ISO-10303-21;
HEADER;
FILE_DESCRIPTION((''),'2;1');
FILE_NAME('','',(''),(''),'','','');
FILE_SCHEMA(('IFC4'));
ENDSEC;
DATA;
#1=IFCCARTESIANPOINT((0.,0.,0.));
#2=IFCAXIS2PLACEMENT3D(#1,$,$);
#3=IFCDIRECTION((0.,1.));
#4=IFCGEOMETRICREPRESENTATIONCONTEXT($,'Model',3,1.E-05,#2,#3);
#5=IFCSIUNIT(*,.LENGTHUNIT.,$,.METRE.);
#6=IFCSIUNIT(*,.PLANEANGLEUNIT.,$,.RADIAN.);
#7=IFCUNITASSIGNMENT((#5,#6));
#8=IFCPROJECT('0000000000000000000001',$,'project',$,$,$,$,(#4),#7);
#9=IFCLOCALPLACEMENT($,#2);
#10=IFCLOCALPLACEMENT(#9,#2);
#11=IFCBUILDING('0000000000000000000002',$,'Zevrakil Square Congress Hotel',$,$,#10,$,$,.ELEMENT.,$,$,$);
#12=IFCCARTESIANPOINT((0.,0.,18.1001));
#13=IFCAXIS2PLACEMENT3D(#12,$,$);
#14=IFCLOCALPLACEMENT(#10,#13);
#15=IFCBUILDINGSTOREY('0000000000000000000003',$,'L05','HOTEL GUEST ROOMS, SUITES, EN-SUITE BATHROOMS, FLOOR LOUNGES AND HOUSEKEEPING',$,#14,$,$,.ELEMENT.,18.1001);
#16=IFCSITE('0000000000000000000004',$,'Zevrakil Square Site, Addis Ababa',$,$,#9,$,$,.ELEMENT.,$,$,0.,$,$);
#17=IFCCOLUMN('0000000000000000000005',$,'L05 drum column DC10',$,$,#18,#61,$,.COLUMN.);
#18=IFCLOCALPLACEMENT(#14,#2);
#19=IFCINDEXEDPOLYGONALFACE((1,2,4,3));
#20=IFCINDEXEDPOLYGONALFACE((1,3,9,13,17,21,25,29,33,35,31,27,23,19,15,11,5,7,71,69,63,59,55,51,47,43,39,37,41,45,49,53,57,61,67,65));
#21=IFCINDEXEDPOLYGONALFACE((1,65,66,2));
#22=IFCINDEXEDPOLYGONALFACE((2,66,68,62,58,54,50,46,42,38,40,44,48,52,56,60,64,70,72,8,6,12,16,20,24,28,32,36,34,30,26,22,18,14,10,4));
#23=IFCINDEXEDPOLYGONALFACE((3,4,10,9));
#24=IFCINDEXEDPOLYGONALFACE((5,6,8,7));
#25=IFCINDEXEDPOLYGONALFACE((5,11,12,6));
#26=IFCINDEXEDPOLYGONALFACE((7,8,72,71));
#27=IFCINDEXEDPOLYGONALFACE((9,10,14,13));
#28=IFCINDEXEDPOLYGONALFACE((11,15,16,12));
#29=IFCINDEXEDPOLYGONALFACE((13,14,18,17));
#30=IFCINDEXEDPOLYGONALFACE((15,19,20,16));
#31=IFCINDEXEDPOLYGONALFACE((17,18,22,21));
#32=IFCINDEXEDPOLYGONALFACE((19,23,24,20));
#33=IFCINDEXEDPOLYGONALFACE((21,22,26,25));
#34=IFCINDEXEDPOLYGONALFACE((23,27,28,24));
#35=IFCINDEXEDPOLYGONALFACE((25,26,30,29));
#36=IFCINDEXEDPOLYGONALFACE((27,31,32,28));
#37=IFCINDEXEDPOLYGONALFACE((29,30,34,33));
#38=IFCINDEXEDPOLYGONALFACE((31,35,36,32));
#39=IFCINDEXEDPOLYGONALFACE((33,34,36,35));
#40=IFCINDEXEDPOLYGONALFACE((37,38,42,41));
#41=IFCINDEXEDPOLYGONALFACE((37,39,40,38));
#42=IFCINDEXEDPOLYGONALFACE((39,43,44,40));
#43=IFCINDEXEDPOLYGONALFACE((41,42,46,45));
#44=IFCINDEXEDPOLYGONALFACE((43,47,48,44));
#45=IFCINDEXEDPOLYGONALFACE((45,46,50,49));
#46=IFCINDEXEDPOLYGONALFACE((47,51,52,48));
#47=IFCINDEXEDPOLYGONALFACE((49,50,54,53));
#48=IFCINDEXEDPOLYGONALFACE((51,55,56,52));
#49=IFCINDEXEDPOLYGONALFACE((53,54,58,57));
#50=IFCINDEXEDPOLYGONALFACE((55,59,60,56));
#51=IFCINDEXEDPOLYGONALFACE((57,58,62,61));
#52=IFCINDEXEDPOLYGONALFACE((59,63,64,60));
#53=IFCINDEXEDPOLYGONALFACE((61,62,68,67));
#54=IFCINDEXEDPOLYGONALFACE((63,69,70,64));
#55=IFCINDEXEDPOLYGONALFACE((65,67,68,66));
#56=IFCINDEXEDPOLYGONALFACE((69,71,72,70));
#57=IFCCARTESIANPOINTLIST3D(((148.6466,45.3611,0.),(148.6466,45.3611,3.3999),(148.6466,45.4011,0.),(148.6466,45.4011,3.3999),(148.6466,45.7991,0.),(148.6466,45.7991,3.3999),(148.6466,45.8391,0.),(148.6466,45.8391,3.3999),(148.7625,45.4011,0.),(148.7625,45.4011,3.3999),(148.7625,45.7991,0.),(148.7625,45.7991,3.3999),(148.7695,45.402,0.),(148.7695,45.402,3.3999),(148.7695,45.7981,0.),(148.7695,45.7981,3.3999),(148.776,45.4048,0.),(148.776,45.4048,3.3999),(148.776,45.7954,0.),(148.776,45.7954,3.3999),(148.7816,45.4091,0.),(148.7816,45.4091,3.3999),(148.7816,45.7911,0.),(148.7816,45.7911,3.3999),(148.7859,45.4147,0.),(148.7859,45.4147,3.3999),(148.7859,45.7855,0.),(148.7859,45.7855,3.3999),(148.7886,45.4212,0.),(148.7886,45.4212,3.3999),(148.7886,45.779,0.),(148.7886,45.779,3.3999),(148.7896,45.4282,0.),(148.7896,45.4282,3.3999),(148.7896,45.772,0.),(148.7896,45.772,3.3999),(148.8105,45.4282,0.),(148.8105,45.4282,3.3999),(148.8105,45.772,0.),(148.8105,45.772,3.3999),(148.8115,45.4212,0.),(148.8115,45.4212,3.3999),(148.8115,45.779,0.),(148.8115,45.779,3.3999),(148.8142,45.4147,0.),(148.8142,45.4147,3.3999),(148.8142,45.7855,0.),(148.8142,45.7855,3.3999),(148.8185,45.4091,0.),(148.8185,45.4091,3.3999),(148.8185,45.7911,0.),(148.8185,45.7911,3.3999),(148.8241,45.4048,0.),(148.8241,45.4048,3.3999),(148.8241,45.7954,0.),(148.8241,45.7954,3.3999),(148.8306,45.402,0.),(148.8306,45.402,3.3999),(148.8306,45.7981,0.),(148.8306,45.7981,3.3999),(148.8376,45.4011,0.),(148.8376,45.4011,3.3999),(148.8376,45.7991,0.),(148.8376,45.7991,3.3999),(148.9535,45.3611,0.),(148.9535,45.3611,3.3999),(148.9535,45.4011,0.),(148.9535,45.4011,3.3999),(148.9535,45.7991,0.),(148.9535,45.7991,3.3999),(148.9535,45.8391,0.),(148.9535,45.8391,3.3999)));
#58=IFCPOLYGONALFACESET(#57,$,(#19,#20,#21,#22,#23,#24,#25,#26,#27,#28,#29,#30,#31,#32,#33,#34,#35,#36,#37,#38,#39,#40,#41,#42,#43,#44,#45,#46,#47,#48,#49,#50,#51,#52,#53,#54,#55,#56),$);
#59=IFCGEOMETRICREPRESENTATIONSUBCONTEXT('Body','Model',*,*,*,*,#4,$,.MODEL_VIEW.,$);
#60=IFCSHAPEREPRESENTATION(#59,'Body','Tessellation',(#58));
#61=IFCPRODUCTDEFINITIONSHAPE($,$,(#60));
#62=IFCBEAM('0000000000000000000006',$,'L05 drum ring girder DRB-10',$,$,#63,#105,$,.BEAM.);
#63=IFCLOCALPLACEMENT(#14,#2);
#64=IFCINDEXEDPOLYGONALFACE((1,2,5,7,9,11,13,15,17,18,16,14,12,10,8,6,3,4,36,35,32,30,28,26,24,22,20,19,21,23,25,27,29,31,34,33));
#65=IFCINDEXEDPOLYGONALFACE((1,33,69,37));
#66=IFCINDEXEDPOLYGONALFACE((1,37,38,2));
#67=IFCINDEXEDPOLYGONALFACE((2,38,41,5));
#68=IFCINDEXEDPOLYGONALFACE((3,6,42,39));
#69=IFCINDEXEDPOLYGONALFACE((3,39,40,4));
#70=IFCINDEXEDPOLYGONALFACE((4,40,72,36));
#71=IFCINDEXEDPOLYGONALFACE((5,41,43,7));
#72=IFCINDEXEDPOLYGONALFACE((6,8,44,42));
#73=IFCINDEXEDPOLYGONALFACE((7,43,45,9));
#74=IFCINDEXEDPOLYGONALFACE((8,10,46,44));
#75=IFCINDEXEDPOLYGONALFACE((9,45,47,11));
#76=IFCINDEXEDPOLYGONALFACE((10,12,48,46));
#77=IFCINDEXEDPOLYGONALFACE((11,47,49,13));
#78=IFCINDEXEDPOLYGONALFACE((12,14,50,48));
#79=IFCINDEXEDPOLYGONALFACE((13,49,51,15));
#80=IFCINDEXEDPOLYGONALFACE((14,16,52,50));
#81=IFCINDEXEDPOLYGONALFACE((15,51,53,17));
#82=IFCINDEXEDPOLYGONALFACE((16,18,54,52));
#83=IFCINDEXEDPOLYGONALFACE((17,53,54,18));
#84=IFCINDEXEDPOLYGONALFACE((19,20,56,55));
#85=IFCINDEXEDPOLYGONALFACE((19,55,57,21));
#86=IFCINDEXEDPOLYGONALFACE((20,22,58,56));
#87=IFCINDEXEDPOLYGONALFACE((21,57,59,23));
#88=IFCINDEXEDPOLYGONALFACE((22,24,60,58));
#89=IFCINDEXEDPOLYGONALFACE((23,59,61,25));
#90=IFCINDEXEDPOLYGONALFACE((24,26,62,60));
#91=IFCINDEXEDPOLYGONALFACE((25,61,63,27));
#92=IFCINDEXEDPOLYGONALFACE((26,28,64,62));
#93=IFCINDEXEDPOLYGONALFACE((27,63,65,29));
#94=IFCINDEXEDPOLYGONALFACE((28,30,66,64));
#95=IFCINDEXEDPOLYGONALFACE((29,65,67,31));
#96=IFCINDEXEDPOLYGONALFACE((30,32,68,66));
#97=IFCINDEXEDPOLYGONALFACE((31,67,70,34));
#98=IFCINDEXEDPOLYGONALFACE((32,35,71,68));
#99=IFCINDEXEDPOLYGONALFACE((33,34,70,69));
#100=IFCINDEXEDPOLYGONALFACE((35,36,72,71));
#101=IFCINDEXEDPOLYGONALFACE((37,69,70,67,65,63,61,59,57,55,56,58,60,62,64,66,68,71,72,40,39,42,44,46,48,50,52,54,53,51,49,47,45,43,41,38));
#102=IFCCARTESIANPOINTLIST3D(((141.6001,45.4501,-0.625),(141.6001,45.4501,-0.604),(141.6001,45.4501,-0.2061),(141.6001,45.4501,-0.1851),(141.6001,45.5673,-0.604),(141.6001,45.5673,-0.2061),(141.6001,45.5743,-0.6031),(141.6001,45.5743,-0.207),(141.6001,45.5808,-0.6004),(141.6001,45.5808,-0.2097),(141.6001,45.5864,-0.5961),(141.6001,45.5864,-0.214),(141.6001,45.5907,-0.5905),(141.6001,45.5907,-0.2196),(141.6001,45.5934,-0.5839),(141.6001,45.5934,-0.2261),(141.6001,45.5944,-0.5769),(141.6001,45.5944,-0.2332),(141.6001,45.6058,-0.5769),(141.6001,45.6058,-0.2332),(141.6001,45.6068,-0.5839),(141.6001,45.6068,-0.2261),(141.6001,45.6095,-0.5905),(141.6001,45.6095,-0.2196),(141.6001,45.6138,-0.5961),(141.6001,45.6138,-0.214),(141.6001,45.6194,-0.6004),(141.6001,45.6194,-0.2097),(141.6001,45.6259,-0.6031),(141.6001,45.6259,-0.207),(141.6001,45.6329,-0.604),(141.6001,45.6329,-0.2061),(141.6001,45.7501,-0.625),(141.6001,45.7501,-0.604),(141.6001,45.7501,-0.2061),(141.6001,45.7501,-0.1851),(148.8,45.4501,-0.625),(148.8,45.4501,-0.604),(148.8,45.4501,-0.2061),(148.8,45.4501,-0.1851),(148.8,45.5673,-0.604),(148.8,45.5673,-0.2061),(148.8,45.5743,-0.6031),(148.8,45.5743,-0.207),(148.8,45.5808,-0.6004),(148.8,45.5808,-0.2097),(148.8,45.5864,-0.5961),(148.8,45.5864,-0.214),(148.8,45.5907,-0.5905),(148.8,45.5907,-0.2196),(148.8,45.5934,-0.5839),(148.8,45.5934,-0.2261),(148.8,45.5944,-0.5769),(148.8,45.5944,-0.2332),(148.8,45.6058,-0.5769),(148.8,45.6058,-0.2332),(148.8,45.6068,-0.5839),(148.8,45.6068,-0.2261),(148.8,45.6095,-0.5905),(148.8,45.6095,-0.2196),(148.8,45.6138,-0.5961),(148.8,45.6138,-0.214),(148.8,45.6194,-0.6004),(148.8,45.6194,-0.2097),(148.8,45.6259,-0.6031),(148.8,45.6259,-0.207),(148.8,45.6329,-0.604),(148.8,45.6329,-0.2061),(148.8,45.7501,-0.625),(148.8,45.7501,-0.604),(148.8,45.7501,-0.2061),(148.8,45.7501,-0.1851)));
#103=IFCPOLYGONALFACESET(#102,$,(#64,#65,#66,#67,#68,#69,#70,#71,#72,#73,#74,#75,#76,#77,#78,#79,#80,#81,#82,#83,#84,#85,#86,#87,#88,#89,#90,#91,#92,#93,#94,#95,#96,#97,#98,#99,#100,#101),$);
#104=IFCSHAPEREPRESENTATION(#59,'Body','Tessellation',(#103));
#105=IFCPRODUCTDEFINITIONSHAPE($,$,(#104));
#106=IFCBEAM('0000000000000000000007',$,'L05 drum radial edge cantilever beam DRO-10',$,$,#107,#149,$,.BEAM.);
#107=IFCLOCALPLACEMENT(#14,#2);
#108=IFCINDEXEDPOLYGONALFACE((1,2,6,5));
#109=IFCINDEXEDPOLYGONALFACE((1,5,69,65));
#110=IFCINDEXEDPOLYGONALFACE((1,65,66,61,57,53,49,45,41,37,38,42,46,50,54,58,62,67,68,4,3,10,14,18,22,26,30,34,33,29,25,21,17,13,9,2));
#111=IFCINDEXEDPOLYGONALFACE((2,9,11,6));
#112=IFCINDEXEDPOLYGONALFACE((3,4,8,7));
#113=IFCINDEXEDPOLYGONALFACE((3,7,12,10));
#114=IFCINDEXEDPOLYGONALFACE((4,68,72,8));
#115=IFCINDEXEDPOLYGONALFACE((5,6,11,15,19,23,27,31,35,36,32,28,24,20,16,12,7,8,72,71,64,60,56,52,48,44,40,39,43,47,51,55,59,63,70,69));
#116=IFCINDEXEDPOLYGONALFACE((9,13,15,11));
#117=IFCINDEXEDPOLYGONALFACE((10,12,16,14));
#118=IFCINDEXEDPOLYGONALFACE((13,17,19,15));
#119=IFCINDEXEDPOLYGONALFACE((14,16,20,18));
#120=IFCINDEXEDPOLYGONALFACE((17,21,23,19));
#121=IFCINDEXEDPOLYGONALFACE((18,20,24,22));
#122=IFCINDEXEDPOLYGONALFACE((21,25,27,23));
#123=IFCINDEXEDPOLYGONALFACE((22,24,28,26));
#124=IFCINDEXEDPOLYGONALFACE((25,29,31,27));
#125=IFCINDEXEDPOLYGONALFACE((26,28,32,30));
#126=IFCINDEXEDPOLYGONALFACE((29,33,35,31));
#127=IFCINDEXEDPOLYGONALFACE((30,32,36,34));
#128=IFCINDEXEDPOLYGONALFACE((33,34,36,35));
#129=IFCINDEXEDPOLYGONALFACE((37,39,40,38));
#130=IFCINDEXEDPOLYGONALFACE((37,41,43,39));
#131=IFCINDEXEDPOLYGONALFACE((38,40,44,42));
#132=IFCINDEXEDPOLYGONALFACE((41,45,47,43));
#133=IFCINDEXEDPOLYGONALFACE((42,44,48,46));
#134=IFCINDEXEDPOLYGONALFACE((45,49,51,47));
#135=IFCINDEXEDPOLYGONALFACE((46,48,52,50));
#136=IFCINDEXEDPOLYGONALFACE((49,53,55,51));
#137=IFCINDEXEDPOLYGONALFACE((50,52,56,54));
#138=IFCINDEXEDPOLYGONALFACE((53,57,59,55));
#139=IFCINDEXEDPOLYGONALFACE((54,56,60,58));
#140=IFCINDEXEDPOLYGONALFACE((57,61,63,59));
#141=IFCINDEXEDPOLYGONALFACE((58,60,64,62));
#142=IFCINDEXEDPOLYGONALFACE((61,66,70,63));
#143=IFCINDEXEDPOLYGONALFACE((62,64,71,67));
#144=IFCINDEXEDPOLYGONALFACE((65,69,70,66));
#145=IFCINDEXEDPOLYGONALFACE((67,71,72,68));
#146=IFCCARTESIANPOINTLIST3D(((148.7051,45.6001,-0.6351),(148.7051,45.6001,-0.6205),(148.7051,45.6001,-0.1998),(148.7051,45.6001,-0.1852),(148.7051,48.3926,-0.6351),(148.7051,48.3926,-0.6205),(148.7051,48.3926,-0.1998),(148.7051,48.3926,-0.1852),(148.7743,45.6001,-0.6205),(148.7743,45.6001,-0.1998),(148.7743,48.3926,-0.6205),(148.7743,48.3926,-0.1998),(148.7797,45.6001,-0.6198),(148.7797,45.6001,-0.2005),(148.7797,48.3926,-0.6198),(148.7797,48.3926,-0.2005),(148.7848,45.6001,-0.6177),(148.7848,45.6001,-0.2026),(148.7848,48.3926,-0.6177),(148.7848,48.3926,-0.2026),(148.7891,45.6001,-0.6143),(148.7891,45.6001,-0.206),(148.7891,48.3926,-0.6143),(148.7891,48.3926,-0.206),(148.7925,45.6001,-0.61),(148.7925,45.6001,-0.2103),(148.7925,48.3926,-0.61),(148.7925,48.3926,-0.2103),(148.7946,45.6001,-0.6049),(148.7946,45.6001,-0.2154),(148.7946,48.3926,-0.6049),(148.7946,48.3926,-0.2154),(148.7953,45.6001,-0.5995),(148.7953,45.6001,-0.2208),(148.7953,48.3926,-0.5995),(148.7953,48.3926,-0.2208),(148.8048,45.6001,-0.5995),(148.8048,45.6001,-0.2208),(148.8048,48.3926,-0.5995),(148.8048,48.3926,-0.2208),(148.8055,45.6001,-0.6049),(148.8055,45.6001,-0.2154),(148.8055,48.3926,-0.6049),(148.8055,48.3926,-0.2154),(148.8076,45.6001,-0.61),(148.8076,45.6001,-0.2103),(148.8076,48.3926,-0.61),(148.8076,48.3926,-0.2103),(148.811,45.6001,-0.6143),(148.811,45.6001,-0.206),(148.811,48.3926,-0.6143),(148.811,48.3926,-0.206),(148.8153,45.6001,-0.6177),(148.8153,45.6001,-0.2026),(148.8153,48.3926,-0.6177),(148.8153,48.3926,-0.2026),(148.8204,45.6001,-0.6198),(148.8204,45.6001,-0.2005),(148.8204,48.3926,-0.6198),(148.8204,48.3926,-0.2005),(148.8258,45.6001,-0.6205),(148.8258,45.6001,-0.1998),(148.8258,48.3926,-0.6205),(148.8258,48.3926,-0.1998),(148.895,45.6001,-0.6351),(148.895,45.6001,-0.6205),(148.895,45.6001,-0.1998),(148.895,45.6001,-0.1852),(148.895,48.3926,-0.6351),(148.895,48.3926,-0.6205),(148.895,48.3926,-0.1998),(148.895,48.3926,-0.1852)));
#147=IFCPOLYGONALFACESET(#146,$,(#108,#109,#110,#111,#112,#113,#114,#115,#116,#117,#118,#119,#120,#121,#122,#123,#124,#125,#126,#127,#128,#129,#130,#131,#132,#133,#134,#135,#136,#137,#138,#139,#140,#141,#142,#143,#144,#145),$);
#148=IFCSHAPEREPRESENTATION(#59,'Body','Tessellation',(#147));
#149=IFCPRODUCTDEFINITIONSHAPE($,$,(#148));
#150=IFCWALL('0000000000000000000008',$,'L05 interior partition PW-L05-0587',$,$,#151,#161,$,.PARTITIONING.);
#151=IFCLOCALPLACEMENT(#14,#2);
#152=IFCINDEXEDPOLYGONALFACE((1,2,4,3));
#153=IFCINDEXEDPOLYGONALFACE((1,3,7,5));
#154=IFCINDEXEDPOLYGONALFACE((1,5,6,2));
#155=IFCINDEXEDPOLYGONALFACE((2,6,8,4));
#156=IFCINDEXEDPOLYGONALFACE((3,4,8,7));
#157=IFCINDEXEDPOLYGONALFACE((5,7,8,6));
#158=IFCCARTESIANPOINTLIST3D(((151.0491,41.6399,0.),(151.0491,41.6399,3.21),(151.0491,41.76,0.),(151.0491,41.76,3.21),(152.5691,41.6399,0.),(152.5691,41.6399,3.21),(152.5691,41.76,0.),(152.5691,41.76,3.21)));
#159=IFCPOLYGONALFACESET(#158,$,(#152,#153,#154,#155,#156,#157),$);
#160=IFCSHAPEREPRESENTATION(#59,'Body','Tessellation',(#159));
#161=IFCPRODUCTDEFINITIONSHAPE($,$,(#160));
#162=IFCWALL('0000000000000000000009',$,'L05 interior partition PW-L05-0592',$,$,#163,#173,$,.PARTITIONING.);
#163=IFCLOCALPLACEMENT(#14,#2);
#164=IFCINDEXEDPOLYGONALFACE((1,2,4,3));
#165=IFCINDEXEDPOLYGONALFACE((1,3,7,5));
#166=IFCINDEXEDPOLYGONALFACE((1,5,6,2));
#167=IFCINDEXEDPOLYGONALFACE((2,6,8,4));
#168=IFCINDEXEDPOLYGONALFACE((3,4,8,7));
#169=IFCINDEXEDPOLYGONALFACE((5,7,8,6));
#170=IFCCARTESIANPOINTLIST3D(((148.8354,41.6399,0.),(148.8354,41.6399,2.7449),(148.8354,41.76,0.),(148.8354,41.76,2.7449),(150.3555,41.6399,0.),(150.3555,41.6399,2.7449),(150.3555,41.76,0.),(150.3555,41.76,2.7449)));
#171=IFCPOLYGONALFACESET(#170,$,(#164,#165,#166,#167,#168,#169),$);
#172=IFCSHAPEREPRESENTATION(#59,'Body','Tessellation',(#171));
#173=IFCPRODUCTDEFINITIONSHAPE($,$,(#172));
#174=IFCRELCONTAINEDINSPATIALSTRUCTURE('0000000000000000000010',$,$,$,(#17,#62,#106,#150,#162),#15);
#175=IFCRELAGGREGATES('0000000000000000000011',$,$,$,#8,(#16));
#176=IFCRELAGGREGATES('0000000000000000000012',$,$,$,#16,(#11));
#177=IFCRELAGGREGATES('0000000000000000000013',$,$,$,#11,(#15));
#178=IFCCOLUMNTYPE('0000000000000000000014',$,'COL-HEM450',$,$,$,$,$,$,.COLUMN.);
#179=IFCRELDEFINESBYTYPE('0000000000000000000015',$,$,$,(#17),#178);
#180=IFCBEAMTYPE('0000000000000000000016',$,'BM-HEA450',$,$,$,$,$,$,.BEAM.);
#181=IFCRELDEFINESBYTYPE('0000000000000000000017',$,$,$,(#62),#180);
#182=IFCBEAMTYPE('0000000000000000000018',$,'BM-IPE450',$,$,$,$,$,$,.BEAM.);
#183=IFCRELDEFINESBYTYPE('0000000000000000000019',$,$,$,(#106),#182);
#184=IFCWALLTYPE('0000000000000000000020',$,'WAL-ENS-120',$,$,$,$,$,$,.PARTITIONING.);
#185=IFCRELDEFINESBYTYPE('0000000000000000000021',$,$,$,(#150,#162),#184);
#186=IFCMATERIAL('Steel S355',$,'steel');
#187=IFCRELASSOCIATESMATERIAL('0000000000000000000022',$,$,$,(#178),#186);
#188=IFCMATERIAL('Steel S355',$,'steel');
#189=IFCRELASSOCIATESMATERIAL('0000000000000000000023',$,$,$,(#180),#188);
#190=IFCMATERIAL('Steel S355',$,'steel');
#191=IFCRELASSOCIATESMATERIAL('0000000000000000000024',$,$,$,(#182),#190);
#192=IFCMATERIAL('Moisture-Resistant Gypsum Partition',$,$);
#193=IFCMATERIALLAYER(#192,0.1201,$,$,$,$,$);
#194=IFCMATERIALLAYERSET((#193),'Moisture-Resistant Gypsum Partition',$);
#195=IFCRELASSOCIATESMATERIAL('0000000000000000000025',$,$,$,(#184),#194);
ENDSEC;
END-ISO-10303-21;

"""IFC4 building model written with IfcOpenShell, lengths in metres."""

from ifc_helpers import new_model, si_unit, direction, frame, frame_2d, origin, origin_2d, place, context, subcontext, project, spatial, rectangle, i_section, extrude, material, layer, layer_set, material_profile, profile_set, type_object, element, save


model = new_model("IFC4")

# Units and contexts
model_context = context("Model", 3, precision=1e-05, world=origin(), true_north=direction((0.0, 1.0)))
body_context = subcontext(model_context, "Body", "Model", "MODEL_VIEW")
ifc_project = project(units=[si_unit("LENGTHUNIT", "METRE"), si_unit("PLANEANGLEUNIT", "RADIAN")], contexts=[model_context])

# Site, building, storey
site_placement = place(None, origin())
site = spatial("IfcSite", under=ifc_project, at=site_placement, Name="Zevrakil Square Site, Addis Ababa", CompositionType="ELEMENT", RefElevation=0.0)
building_placement = place(site_placement, origin())
building = spatial("IfcBuilding", under=site, at=building_placement, Name="Zevrakil Square Congress Hotel", CompositionType="ELEMENT")
storey_placement = place(building_placement, frame((0.0, 0.0, 18.1001)))
storey = spatial("IfcBuildingStorey", under=building, at=storey_placement, Name="L05", Description="HOTEL GUEST ROOMS, SUITES, EN-SUITE BATHROOMS, FLOOR LOUNGES AND HOUSEKEEPING", CompositionType="ELEMENT", Elevation=18.1001)

# Column
ifc_material_1 = material(Name="Steel S355", Category="steel")
ifc_material_profile_1 = material_profile(ifc_material_1, i_section(OverallWidth=0.3069, OverallDepth=0.478, WebThickness=0.021, FlangeThickness=0.04, FilletRadius=0.0271, at=origin_2d()), Name="HEM 450")
ifc_profile_set_1 = profile_set([ifc_material_profile_1], Name="Steel S355")
column_type = type_object("IfcColumnType", Name="COL-HEM450", PredefinedType="COLUMN", material=ifc_profile_set_1)
column_placement = place(storey_placement, frame((148.8, 45.6001, 0.0), z_axis=(0.0, 0.0, 1.0), x_axis=(1.0, 0.0, 0.0)))
element("IfcColumn", 1, at=column_placement, inside=storey, type_object=column_type, Name="L05 drum column DC10", PredefinedType="COLUMN", context=body_context, shape_type="SweptSolid", body=[
    extrude(i_section(OverallWidth=0.3069, OverallDepth=0.478, WebThickness=0.021, FlangeThickness=0.04, FilletRadius=0.0271, at=origin_2d()), origin(), (0.0, 0.0, 1.0), 3.3999),
])

# Beams
ifc_material_2 = material(Name="Steel S355", Category="steel")
ifc_material_profile_2 = material_profile(ifc_material_2, i_section(OverallWidth=0.3, OverallDepth=0.4399, WebThickness=0.0115, FlangeThickness=0.021, FilletRadius=0.0271, at=origin_2d()), Name="HEA 450")
ifc_profile_set_2 = profile_set([ifc_material_profile_2], Name="Steel S355")
beam_type_1 = type_object("IfcBeamType", Name="BM-HEA450", PredefinedType="BEAM", material=ifc_profile_set_2)
beam_1_placement = place(storey_placement, frame((148.8, 45.6001, -0.405), z_axis=(-1.0, 0.0, 0.0), x_axis=(0.0, -1.0, 0.0)))
element("IfcBeam", 2, at=beam_1_placement, inside=storey, type_object=beam_type_1, Name="L05 drum ring girder DRB-10", PredefinedType="BEAM", context=body_context, shape_type="SweptSolid", body=[
    extrude(i_section(OverallWidth=0.3, OverallDepth=0.4399, WebThickness=0.0115, FlangeThickness=0.021, FilletRadius=0.0271, at=origin_2d()), origin(), (0.0, 0.0, 1.0), 7.2),
])
ifc_material_3 = material(Name="Steel S355", Category="steel")
ifc_material_profile_3 = material_profile(ifc_material_3, i_section(OverallWidth=0.1899, OverallDepth=0.45, WebThickness=0.0095, FlangeThickness=0.0146, FilletRadius=0.021, at=origin_2d()), Name="IPE 450")
ifc_profile_set_3 = profile_set([ifc_material_profile_3], Name="Steel S355")
beam_type_2 = type_object("IfcBeamType", Name="BM-IPE450", PredefinedType="BEAM", material=ifc_profile_set_3)
beam_2_placement = place(storey_placement, frame((148.8, 45.6001, -0.4102), z_axis=(0.0, 1.0, 0.0), x_axis=(-1.0, 0.0, 0.0)))
element("IfcBeam", 3, at=beam_2_placement, inside=storey, type_object=beam_type_2, Name="L05 drum radial edge cantilever beam DRO-10", PredefinedType="BEAM", context=body_context, shape_type="SweptSolid", body=[
    extrude(i_section(OverallWidth=0.1899, OverallDepth=0.45, WebThickness=0.0095, FlangeThickness=0.0146, FilletRadius=0.021, at=origin_2d()), origin(), (0.0, 0.0, 1.0), 2.7925),
])

# Walls
ifc_material_4 = material(Name="Moisture-Resistant Gypsum Partition")
ifc_layer = layer(ifc_material_4, 0.1201)
ifc_layer_set = layer_set([ifc_layer], Name="Moisture-Resistant Gypsum Partition")
wall_type = type_object("IfcWallType", Name="WAL-ENS-120", PredefinedType="PARTITIONING", material=ifc_layer_set)
wall_1_placement = place(storey_placement, frame((151.0491, 41.7, 0.0), z_axis=(0.0, 0.0, 1.0), x_axis=(1.0, 0.0, 0.0)))
element("IfcWall", 4, at=wall_1_placement, inside=storey, type_object=wall_type, Name="L05 interior partition PW-L05-0587", PredefinedType="PARTITIONING", context=body_context, shape_type="SweptSolid", body=[
    extrude(rectangle(XDim=1.52, YDim=0.1201, at=frame_2d((0.76, 0.0))), origin(), (0.0, 0.0, 1.0), 3.21),
])
wall_2_placement = place(storey_placement, frame((148.8354, 41.7, 0.0), z_axis=(0.0, 0.0, 1.0), x_axis=(1.0, 0.0, 0.0)))
element("IfcWall", 5, at=wall_2_placement, inside=storey, type_object=wall_type, Name="L05 interior partition PW-L05-0592", PredefinedType="PARTITIONING", context=body_context, shape_type="SweptSolid", body=[
    extrude(rectangle(XDim=1.52, YDim=0.1201, at=frame_2d((0.76, 0.0))), origin(), (0.0, 0.0, 1.0), 2.7449),
])

save(model, "model.ifc")
